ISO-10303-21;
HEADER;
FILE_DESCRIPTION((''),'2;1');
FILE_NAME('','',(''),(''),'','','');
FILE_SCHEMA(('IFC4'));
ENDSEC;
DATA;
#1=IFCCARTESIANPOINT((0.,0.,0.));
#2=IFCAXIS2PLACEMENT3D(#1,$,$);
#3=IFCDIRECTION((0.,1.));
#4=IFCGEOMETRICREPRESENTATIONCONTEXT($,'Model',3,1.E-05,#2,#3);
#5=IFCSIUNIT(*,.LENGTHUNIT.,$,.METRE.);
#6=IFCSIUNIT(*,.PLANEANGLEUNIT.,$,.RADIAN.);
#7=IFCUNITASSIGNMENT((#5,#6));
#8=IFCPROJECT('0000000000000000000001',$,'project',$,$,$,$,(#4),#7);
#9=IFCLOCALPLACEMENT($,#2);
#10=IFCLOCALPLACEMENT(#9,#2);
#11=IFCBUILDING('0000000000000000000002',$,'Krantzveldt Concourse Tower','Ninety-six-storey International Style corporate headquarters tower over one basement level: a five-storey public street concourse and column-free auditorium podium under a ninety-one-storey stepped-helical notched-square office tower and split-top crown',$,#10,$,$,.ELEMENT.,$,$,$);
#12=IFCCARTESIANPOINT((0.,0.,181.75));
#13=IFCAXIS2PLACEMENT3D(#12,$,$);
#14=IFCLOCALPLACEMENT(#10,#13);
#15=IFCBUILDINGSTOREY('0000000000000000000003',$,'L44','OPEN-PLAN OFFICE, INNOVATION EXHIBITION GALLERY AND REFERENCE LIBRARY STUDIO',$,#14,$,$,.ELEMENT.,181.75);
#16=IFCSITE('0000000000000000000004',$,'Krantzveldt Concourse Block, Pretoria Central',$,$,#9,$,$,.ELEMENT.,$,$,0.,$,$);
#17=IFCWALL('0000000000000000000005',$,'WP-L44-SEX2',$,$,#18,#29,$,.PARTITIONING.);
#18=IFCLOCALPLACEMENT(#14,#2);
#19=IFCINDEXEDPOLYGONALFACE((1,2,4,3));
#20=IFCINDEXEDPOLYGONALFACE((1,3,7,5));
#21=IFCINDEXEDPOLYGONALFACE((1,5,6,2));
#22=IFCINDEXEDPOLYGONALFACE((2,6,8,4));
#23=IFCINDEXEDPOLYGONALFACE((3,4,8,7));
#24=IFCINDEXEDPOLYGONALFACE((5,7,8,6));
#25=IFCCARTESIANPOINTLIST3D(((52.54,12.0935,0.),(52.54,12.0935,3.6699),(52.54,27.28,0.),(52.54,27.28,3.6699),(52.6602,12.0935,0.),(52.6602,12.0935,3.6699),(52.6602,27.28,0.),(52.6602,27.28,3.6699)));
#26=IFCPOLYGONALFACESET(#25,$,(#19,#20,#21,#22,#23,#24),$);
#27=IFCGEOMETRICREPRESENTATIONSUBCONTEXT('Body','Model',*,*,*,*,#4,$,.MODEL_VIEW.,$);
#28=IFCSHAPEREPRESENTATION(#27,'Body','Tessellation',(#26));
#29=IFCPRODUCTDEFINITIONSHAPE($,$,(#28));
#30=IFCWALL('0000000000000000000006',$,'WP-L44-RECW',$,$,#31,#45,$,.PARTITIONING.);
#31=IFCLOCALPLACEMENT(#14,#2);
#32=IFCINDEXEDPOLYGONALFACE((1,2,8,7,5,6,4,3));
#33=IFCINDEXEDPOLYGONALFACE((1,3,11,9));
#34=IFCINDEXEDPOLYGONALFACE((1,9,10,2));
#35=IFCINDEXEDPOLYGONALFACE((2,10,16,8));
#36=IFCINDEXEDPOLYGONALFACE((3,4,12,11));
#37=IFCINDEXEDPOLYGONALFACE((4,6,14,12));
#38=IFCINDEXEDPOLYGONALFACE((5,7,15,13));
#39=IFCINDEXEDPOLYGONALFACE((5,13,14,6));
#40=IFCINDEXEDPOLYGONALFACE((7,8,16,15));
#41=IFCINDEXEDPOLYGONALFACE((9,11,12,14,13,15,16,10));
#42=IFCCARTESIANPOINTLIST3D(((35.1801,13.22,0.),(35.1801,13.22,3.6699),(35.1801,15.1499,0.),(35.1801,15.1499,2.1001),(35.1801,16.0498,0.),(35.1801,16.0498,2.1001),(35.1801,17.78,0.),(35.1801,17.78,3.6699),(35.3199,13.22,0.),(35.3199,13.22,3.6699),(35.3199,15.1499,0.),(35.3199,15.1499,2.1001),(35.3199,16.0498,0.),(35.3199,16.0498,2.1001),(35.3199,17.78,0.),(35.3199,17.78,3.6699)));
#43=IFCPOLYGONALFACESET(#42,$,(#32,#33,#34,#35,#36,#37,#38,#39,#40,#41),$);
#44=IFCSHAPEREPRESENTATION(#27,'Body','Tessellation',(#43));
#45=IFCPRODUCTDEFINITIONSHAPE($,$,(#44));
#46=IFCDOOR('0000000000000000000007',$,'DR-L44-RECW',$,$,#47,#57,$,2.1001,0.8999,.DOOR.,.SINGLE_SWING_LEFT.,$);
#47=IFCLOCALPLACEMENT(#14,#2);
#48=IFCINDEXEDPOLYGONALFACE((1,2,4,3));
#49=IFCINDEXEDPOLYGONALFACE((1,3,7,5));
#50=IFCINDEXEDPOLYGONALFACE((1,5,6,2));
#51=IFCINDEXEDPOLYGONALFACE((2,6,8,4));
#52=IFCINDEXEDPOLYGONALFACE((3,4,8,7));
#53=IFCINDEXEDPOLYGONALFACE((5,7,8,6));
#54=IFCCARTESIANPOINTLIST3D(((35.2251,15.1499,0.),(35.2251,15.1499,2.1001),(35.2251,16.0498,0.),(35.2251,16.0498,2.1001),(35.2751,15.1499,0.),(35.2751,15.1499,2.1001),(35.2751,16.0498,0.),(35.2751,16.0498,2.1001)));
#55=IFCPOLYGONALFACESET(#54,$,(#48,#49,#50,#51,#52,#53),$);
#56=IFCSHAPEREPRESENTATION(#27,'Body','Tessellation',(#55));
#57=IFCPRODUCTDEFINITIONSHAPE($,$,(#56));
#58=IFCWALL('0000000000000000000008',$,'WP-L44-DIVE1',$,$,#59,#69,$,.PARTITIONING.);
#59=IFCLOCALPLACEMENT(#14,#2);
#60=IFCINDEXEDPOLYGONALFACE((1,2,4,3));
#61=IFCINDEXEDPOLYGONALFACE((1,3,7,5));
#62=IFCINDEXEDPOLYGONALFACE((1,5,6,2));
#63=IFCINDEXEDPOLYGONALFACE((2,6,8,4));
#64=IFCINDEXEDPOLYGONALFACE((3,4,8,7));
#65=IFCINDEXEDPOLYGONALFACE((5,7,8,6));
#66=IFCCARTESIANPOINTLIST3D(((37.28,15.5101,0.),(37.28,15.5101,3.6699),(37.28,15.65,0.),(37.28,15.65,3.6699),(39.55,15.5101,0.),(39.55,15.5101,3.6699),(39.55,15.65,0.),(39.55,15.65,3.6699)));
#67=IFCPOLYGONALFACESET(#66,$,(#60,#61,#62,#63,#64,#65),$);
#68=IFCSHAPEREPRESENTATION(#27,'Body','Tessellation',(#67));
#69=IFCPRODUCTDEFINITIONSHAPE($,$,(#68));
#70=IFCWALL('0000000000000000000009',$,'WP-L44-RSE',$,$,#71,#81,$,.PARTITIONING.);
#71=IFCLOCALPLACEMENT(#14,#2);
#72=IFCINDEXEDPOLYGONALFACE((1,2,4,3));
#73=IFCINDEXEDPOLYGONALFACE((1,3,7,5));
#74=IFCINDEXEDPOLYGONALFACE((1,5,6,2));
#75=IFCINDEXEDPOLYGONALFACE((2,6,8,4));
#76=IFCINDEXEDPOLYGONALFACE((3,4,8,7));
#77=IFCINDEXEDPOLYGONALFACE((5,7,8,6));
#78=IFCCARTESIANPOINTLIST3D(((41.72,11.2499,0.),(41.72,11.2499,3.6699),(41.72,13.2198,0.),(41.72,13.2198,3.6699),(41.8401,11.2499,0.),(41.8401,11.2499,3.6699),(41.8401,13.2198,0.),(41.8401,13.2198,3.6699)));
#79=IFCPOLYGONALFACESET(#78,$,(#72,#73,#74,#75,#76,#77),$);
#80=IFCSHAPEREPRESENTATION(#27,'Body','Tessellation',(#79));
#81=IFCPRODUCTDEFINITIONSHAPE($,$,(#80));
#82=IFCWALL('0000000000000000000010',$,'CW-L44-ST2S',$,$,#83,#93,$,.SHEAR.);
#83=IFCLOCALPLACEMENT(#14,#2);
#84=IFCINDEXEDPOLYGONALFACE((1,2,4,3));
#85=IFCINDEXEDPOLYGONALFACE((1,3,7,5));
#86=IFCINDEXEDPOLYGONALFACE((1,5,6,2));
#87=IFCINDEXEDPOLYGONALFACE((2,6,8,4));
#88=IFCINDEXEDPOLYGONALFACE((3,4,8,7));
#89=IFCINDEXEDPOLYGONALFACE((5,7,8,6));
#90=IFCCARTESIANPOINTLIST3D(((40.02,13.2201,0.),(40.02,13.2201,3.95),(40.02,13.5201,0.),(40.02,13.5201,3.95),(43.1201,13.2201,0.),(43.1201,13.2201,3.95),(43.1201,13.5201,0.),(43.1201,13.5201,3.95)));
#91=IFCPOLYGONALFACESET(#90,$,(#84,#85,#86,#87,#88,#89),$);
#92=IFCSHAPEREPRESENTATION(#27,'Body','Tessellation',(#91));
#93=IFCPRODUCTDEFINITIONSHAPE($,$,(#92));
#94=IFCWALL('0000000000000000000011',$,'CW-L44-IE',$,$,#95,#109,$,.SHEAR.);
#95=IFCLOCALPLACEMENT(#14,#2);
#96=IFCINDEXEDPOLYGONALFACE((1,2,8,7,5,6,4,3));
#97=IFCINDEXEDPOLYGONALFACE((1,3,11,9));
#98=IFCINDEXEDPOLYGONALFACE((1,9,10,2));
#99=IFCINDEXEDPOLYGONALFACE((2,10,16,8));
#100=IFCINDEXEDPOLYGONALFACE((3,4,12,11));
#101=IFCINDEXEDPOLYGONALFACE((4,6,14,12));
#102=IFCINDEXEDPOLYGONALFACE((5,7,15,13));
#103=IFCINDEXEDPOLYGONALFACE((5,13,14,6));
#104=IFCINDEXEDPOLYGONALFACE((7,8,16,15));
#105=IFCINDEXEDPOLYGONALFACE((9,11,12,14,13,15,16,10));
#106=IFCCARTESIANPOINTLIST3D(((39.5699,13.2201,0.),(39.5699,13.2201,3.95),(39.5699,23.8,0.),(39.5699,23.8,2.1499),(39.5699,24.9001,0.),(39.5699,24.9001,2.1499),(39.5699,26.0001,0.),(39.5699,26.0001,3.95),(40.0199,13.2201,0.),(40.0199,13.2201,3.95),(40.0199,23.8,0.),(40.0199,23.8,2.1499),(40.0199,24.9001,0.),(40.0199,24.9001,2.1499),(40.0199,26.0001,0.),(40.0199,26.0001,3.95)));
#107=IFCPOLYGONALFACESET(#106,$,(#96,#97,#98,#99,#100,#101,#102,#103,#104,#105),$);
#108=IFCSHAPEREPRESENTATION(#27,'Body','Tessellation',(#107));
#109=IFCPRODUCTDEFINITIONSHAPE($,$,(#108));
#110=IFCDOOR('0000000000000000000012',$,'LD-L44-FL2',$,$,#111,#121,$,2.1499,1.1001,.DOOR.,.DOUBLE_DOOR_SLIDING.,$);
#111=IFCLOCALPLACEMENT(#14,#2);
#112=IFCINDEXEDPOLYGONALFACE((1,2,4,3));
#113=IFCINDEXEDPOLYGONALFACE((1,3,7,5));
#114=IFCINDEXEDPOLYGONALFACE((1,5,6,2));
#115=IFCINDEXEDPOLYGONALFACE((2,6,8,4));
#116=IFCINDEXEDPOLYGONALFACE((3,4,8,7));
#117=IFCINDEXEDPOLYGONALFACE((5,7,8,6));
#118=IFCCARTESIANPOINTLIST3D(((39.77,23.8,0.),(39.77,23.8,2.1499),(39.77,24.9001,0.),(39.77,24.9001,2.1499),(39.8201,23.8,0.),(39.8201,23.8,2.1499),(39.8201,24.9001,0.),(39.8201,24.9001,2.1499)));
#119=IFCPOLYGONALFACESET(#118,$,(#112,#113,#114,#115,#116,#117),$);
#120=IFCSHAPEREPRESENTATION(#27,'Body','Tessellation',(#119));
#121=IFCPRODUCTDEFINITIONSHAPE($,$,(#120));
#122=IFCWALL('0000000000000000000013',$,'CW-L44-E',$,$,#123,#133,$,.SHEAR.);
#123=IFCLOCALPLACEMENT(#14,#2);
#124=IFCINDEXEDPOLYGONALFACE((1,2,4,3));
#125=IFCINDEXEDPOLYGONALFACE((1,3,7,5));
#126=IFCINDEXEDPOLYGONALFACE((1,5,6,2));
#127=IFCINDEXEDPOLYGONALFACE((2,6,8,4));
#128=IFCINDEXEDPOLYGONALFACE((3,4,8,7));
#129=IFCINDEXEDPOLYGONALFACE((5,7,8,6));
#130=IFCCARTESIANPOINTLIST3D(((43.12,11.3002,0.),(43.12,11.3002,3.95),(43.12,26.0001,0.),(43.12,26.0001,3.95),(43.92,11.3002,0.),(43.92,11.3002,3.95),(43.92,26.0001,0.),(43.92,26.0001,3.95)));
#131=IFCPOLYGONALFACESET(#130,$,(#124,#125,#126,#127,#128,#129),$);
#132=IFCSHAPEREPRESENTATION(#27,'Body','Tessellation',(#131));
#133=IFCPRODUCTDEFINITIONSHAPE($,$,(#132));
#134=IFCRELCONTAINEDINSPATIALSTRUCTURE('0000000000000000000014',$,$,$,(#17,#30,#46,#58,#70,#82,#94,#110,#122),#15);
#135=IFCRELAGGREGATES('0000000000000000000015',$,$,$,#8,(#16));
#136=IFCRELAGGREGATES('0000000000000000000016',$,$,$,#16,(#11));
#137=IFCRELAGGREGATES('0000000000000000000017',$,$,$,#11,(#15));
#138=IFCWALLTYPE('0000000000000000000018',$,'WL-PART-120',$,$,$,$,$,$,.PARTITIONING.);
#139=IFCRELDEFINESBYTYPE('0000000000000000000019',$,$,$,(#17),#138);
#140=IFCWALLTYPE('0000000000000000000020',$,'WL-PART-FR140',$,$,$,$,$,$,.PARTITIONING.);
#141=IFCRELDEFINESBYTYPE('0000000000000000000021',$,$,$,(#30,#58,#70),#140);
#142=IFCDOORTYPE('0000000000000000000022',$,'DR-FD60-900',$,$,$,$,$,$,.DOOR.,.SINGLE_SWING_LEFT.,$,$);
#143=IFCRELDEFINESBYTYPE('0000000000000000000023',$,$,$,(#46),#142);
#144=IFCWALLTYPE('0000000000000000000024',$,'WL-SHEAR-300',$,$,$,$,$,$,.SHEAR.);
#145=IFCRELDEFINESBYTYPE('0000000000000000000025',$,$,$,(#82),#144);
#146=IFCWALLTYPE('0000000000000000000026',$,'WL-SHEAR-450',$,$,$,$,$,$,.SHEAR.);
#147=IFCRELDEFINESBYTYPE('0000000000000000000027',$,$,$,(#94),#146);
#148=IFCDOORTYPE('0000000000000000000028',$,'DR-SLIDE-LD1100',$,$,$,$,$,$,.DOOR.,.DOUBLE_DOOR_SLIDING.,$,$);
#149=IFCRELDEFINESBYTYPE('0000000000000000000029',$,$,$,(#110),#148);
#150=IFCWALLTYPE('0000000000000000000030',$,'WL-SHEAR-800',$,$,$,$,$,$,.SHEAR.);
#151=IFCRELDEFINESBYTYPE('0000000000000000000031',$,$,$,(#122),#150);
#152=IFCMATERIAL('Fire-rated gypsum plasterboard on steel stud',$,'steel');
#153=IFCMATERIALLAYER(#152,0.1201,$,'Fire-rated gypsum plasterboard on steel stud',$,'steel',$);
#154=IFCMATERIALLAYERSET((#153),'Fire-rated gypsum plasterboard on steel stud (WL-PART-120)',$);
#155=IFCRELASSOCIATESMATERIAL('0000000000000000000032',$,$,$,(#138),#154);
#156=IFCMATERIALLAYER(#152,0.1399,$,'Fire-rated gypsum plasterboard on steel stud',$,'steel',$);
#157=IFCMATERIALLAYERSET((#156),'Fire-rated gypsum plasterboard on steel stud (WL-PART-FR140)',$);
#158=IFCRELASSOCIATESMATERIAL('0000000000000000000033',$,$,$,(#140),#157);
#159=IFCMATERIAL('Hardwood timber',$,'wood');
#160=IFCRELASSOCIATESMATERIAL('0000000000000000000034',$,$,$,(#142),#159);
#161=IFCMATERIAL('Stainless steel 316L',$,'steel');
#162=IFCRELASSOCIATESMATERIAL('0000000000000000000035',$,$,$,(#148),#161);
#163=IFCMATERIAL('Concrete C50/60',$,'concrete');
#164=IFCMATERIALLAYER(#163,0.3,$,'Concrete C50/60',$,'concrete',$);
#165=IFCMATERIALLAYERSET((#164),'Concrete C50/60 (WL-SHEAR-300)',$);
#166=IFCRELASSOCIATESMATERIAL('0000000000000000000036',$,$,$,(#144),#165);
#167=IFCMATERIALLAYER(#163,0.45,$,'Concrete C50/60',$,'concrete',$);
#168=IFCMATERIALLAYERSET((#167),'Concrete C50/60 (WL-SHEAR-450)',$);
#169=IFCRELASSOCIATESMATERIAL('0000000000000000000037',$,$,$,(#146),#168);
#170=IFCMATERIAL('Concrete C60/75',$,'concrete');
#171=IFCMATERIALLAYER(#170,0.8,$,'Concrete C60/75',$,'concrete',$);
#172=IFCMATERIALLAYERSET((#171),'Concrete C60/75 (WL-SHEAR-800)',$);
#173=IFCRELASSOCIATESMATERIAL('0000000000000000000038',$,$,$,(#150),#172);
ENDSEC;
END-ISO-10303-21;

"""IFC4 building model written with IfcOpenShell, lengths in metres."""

from ifc_helpers import new_model, si_unit, direction, frame, frame_2d, origin, place, context, subcontext, project, spatial, rectangle, extrude, material, layer, layer_set, type_object, element, fill, save


model = new_model("IFC4")

# Units and contexts
model_context = context("Model", 3, precision=1e-05, world=origin(), true_north=direction((0.0, 1.0)))
body_context = subcontext(model_context, "Body", "Model", "MODEL_VIEW")
ifc_project = project(units=[si_unit("LENGTHUNIT", "METRE"), si_unit("PLANEANGLEUNIT", "RADIAN")], contexts=[model_context])

# Site, building, storey
site_placement = place(None, origin())
site = spatial("IfcSite", under=ifc_project, at=site_placement, Name="Krantzveldt Concourse Block, Pretoria Central", CompositionType="ELEMENT", RefElevation=0.0)
building_placement = place(site_placement, origin())
building = spatial("IfcBuilding", under=site, at=building_placement, Name="Krantzveldt Concourse Tower", Description="Ninety-six-storey International Style corporate headquarters tower over one basement level: a five-storey public street concourse and column-free auditorium podium under a ninety-one-storey stepped-helical notched-square office tower and split-top crown", CompositionType="ELEMENT")
storey_placement = place(building_placement, frame((0.0, 0.0, 181.75)))
storey = spatial("IfcBuildingStorey", under=building, at=storey_placement, Name="L44", Description="OPEN-PLAN OFFICE, INNOVATION EXHIBITION GALLERY AND REFERENCE LIBRARY STUDIO", CompositionType="ELEMENT", Elevation=181.75)

# Shared definitions
ifc_material_1 = material(Name="Concrete C50/60", Category="concrete")

# Wall
ifc_material_2 = material(Name="Fire-rated gypsum plasterboard on steel stud", Category="steel")
ifc_layer_1 = layer(ifc_material_2, 0.1201, Name="Fire-rated gypsum plasterboard on steel stud", Category="steel")
ifc_layer_set_1 = layer_set([ifc_layer_1], Name="Fire-rated gypsum plasterboard on steel stud (WL-PART-120)")
wall_type_1 = type_object("IfcWallType", Name="WL-PART-120", PredefinedType="PARTITIONING", material=ifc_layer_set_1)
wall_1_placement = place(storey_placement, frame((52.6001, 12.0935, 0.0), z_axis=(0.0, 0.0, 1.0), x_axis=(0.0, 1.0, 0.0)))
element("IfcWall", 1, at=wall_1_placement, inside=storey, type_object=wall_type_1, Name="WP-L44-SEX2", PredefinedType="PARTITIONING", context=body_context, shape_type="SweptSolid", body=[
    extrude(rectangle(XDim=15.1865, YDim=0.1201, at=frame_2d((7.5933, 0.0))), origin(), (0.0, 0.0, 1.0), 3.6699),
])

# Wall, opening, door
ifc_layer_2 = layer(ifc_material_2, 0.1399, Name="Fire-rated gypsum plasterboard on steel stud", Category="steel")
ifc_layer_set_2 = layer_set([ifc_layer_2], Name="Fire-rated gypsum plasterboard on steel stud (WL-PART-FR140)")
wall_type_2 = type_object("IfcWallType", Name="WL-PART-FR140", PredefinedType="PARTITIONING", material=ifc_layer_set_2)
wall_2_placement = place(storey_placement, frame((35.25, 13.22, 0.0), z_axis=(0.0, 0.0, 1.0), x_axis=(0.0, 1.0, 0.0)))
wall_2 = element("IfcWall", 2, at=wall_2_placement, inside=storey, type_object=wall_type_2, Name="WP-L44-RECW", PredefinedType="PARTITIONING", context=body_context, shape_type="SweptSolid", body=[
    extrude(rectangle(XDim=4.5601, YDim=0.1399, at=frame_2d((2.28, 0.0))), origin(), (0.0, 0.0, 1.0), 3.6699),
])
opening_1_placement = place(wall_2_placement, frame((1.9299, 0.0, 0.0)))
opening_1 = element("IfcOpeningElement", 3, at=opening_1_placement, cuts=wall_2, PredefinedType="OPENING", context=body_context, shape_type="SweptSolid", body=[
    extrude(rectangle(XDim=0.8999, YDim=2.1001, at=frame_2d((0.45, 1.05))), frame((0.0, 0.0801, 0.0), z_axis=(0.0, -1.0, 0.0), x_axis=(1.0, 0.0, 0.0)), (0.0, 0.0, 1.0), 0.1599),
])
ifc_material_3 = material(Name="Hardwood timber", Category="wood")
door_type_1 = type_object("IfcDoorType", Name="DR-FD60-900", OperationType="SINGLE_SWING_LEFT", PredefinedType="DOOR", material=ifc_material_3)
door_1_placement = place(opening_1_placement, origin())
door_1 = element("IfcDoor", 4, at=door_1_placement, inside=storey, type_object=door_type_1, Name="DR-L44-RECW", OperationType="SINGLE_SWING_LEFT", OverallHeight=2.1001, OverallWidth=0.8999, PredefinedType="DOOR", context=body_context, shape_type="SweptSolid", body=[
    extrude(rectangle(XDim=0.8999, YDim=2.1001, at=frame_2d((0.45, 1.05))), frame((0.0, 0.0249, 0.0), z_axis=(0.0, -1.0, 0.0), x_axis=(1.0, 0.0, 0.0)), (0.0, 0.0, 1.0), 0.05),
])
fill(opening_1, door_1)

# Shared definitions
ifc_material_4 = material(Name="Stainless steel 316L", Category="steel")
door_type_2 = type_object("IfcDoorType", Name="DR-SLIDE-LD1100", OperationType="DOUBLE_DOOR_SLIDING", PredefinedType="DOOR", material=ifc_material_4)

# Walls
wall_3_placement = place(storey_placement, frame((37.28, 15.5801, 0.0), z_axis=(0.0, 0.0, 1.0), x_axis=(1.0, 0.0, 0.0)))
element("IfcWall", 5, at=wall_3_placement, inside=storey, type_object=wall_type_2, Name="WP-L44-DIVE1", PredefinedType="PARTITIONING", context=body_context, shape_type="SweptSolid", body=[
    extrude(rectangle(XDim=2.27, YDim=0.1399, at=frame_2d((1.135, 0.0))), origin(), (0.0, 0.0, 1.0), 3.6699),
])
wall_4_placement = place(storey_placement, frame((41.78, 11.25, 0.0), z_axis=(0.0, 0.0, 1.0), x_axis=(0.0, 1.0, 0.0)))
element("IfcWall", 6, at=wall_4_placement, inside=storey, type_object=wall_type_2, Name="WP-L44-RSE", PredefinedType="PARTITIONING", context=body_context, shape_type="SweptSolid", body=[
    extrude(rectangle(XDim=1.97, YDim=0.1201, at=frame_2d((0.9849, 0.0))), origin(), (0.0, 0.0, 1.0), 3.6699),
])
ifc_layer_3 = layer(ifc_material_1, 0.3, Name="Concrete C50/60", Category="concrete")
ifc_layer_set_3 = layer_set([ifc_layer_3], Name="Concrete C50/60 (WL-SHEAR-300)")
wall_type_3 = type_object("IfcWallType", Name="WL-SHEAR-300", PredefinedType="SHEAR", material=ifc_layer_set_3)
wall_5_placement = place(storey_placement, frame((40.02, 13.3701, 0.0), z_axis=(0.0, 0.0, 1.0), x_axis=(1.0, 0.0, 0.0)))
element("IfcWall", 7, at=wall_5_placement, inside=storey, type_object=wall_type_3, Name="CW-L44-ST2S", PredefinedType="SHEAR", context=body_context, shape_type="SweptSolid", body=[
    extrude(rectangle(XDim=3.1001, YDim=0.3, at=frame_2d((1.55, 0.0))), origin(), (0.0, 0.0, 1.0), 3.95),
])

# Wall, opening, door
ifc_layer_4 = layer(ifc_material_1, 0.45, Name="Concrete C50/60", Category="concrete")
ifc_layer_set_4 = layer_set([ifc_layer_4], Name="Concrete C50/60 (WL-SHEAR-450)")
wall_type_4 = type_object("IfcWallType", Name="WL-SHEAR-450", PredefinedType="SHEAR", material=ifc_layer_set_4)
wall_6_placement = place(storey_placement, frame((39.7949, 13.22, 0.0), z_axis=(0.0, 0.0, 1.0), x_axis=(0.0, 1.0, 0.0)))
wall_6 = element("IfcWall", 8, at=wall_6_placement, inside=storey, type_object=wall_type_4, Name="CW-L44-IE", PredefinedType="SHEAR", context=body_context, shape_type="SweptSolid", body=[
    extrude(rectangle(XDim=12.78, YDim=0.45, at=frame_2d((6.3901, 0.0))), origin(), (0.0, 0.0, 1.0), 3.95),
])
opening_2_placement = place(wall_6_placement, frame((10.5801, 0.0, 0.0)))
opening_2 = element("IfcOpeningElement", 9, at=opening_2_placement, cuts=wall_6, PredefinedType="OPENING", context=body_context, shape_type="SweptSolid", body=[
    extrude(rectangle(XDim=1.1001, YDim=2.1499, at=frame_2d((0.55, 1.075))), frame((0.0, 0.2349, 0.0), z_axis=(0.0, -1.0, 0.0), x_axis=(1.0, 0.0, 0.0)), (0.0, 0.0, 1.0), 0.47),
])
door_2_placement = place(opening_2_placement, origin())
door_2 = element("IfcDoor", 10, at=door_2_placement, inside=storey, type_object=door_type_2, Name="LD-L44-FL2", OperationType="DOUBLE_DOOR_SLIDING", OverallHeight=2.1499, OverallWidth=1.1001, PredefinedType="DOOR", context=body_context, shape_type="SweptSolid", body=[
    extrude(rectangle(XDim=1.1001, YDim=2.1499, at=frame_2d((0.55, 1.075))), frame((0.0, 0.0249, 0.0), z_axis=(0.0, -1.0, 0.0), x_axis=(1.0, 0.0, 0.0)), (0.0, 0.0, 1.0), 0.05),
])
fill(opening_2, door_2)

# Wall
ifc_material_5 = material(Name="Concrete C60/75", Category="concrete")
ifc_layer_5 = layer(ifc_material_5, 0.8, Name="Concrete C60/75", Category="concrete")
ifc_layer_set_5 = layer_set([ifc_layer_5], Name="Concrete C60/75 (WL-SHEAR-800)")
wall_type_5 = type_object("IfcWallType", Name="WL-SHEAR-800", PredefinedType="SHEAR", material=ifc_layer_set_5)
wall_7_placement = place(storey_placement, frame((43.52, 11.3, 0.0), z_axis=(0.0, 0.0, 1.0), x_axis=(0.0, 1.0, 0.0)))
element("IfcWall", 11, at=wall_7_placement, inside=storey, type_object=wall_type_5, Name="CW-L44-E", PredefinedType="SHEAR", context=body_context, shape_type="SweptSolid", body=[
    extrude(rectangle(XDim=14.7, YDim=0.8, at=frame_2d((7.3501, 0.0))), origin(), (0.0, 0.0, 1.0), 3.95),
])

save(model, "model.ifc")
